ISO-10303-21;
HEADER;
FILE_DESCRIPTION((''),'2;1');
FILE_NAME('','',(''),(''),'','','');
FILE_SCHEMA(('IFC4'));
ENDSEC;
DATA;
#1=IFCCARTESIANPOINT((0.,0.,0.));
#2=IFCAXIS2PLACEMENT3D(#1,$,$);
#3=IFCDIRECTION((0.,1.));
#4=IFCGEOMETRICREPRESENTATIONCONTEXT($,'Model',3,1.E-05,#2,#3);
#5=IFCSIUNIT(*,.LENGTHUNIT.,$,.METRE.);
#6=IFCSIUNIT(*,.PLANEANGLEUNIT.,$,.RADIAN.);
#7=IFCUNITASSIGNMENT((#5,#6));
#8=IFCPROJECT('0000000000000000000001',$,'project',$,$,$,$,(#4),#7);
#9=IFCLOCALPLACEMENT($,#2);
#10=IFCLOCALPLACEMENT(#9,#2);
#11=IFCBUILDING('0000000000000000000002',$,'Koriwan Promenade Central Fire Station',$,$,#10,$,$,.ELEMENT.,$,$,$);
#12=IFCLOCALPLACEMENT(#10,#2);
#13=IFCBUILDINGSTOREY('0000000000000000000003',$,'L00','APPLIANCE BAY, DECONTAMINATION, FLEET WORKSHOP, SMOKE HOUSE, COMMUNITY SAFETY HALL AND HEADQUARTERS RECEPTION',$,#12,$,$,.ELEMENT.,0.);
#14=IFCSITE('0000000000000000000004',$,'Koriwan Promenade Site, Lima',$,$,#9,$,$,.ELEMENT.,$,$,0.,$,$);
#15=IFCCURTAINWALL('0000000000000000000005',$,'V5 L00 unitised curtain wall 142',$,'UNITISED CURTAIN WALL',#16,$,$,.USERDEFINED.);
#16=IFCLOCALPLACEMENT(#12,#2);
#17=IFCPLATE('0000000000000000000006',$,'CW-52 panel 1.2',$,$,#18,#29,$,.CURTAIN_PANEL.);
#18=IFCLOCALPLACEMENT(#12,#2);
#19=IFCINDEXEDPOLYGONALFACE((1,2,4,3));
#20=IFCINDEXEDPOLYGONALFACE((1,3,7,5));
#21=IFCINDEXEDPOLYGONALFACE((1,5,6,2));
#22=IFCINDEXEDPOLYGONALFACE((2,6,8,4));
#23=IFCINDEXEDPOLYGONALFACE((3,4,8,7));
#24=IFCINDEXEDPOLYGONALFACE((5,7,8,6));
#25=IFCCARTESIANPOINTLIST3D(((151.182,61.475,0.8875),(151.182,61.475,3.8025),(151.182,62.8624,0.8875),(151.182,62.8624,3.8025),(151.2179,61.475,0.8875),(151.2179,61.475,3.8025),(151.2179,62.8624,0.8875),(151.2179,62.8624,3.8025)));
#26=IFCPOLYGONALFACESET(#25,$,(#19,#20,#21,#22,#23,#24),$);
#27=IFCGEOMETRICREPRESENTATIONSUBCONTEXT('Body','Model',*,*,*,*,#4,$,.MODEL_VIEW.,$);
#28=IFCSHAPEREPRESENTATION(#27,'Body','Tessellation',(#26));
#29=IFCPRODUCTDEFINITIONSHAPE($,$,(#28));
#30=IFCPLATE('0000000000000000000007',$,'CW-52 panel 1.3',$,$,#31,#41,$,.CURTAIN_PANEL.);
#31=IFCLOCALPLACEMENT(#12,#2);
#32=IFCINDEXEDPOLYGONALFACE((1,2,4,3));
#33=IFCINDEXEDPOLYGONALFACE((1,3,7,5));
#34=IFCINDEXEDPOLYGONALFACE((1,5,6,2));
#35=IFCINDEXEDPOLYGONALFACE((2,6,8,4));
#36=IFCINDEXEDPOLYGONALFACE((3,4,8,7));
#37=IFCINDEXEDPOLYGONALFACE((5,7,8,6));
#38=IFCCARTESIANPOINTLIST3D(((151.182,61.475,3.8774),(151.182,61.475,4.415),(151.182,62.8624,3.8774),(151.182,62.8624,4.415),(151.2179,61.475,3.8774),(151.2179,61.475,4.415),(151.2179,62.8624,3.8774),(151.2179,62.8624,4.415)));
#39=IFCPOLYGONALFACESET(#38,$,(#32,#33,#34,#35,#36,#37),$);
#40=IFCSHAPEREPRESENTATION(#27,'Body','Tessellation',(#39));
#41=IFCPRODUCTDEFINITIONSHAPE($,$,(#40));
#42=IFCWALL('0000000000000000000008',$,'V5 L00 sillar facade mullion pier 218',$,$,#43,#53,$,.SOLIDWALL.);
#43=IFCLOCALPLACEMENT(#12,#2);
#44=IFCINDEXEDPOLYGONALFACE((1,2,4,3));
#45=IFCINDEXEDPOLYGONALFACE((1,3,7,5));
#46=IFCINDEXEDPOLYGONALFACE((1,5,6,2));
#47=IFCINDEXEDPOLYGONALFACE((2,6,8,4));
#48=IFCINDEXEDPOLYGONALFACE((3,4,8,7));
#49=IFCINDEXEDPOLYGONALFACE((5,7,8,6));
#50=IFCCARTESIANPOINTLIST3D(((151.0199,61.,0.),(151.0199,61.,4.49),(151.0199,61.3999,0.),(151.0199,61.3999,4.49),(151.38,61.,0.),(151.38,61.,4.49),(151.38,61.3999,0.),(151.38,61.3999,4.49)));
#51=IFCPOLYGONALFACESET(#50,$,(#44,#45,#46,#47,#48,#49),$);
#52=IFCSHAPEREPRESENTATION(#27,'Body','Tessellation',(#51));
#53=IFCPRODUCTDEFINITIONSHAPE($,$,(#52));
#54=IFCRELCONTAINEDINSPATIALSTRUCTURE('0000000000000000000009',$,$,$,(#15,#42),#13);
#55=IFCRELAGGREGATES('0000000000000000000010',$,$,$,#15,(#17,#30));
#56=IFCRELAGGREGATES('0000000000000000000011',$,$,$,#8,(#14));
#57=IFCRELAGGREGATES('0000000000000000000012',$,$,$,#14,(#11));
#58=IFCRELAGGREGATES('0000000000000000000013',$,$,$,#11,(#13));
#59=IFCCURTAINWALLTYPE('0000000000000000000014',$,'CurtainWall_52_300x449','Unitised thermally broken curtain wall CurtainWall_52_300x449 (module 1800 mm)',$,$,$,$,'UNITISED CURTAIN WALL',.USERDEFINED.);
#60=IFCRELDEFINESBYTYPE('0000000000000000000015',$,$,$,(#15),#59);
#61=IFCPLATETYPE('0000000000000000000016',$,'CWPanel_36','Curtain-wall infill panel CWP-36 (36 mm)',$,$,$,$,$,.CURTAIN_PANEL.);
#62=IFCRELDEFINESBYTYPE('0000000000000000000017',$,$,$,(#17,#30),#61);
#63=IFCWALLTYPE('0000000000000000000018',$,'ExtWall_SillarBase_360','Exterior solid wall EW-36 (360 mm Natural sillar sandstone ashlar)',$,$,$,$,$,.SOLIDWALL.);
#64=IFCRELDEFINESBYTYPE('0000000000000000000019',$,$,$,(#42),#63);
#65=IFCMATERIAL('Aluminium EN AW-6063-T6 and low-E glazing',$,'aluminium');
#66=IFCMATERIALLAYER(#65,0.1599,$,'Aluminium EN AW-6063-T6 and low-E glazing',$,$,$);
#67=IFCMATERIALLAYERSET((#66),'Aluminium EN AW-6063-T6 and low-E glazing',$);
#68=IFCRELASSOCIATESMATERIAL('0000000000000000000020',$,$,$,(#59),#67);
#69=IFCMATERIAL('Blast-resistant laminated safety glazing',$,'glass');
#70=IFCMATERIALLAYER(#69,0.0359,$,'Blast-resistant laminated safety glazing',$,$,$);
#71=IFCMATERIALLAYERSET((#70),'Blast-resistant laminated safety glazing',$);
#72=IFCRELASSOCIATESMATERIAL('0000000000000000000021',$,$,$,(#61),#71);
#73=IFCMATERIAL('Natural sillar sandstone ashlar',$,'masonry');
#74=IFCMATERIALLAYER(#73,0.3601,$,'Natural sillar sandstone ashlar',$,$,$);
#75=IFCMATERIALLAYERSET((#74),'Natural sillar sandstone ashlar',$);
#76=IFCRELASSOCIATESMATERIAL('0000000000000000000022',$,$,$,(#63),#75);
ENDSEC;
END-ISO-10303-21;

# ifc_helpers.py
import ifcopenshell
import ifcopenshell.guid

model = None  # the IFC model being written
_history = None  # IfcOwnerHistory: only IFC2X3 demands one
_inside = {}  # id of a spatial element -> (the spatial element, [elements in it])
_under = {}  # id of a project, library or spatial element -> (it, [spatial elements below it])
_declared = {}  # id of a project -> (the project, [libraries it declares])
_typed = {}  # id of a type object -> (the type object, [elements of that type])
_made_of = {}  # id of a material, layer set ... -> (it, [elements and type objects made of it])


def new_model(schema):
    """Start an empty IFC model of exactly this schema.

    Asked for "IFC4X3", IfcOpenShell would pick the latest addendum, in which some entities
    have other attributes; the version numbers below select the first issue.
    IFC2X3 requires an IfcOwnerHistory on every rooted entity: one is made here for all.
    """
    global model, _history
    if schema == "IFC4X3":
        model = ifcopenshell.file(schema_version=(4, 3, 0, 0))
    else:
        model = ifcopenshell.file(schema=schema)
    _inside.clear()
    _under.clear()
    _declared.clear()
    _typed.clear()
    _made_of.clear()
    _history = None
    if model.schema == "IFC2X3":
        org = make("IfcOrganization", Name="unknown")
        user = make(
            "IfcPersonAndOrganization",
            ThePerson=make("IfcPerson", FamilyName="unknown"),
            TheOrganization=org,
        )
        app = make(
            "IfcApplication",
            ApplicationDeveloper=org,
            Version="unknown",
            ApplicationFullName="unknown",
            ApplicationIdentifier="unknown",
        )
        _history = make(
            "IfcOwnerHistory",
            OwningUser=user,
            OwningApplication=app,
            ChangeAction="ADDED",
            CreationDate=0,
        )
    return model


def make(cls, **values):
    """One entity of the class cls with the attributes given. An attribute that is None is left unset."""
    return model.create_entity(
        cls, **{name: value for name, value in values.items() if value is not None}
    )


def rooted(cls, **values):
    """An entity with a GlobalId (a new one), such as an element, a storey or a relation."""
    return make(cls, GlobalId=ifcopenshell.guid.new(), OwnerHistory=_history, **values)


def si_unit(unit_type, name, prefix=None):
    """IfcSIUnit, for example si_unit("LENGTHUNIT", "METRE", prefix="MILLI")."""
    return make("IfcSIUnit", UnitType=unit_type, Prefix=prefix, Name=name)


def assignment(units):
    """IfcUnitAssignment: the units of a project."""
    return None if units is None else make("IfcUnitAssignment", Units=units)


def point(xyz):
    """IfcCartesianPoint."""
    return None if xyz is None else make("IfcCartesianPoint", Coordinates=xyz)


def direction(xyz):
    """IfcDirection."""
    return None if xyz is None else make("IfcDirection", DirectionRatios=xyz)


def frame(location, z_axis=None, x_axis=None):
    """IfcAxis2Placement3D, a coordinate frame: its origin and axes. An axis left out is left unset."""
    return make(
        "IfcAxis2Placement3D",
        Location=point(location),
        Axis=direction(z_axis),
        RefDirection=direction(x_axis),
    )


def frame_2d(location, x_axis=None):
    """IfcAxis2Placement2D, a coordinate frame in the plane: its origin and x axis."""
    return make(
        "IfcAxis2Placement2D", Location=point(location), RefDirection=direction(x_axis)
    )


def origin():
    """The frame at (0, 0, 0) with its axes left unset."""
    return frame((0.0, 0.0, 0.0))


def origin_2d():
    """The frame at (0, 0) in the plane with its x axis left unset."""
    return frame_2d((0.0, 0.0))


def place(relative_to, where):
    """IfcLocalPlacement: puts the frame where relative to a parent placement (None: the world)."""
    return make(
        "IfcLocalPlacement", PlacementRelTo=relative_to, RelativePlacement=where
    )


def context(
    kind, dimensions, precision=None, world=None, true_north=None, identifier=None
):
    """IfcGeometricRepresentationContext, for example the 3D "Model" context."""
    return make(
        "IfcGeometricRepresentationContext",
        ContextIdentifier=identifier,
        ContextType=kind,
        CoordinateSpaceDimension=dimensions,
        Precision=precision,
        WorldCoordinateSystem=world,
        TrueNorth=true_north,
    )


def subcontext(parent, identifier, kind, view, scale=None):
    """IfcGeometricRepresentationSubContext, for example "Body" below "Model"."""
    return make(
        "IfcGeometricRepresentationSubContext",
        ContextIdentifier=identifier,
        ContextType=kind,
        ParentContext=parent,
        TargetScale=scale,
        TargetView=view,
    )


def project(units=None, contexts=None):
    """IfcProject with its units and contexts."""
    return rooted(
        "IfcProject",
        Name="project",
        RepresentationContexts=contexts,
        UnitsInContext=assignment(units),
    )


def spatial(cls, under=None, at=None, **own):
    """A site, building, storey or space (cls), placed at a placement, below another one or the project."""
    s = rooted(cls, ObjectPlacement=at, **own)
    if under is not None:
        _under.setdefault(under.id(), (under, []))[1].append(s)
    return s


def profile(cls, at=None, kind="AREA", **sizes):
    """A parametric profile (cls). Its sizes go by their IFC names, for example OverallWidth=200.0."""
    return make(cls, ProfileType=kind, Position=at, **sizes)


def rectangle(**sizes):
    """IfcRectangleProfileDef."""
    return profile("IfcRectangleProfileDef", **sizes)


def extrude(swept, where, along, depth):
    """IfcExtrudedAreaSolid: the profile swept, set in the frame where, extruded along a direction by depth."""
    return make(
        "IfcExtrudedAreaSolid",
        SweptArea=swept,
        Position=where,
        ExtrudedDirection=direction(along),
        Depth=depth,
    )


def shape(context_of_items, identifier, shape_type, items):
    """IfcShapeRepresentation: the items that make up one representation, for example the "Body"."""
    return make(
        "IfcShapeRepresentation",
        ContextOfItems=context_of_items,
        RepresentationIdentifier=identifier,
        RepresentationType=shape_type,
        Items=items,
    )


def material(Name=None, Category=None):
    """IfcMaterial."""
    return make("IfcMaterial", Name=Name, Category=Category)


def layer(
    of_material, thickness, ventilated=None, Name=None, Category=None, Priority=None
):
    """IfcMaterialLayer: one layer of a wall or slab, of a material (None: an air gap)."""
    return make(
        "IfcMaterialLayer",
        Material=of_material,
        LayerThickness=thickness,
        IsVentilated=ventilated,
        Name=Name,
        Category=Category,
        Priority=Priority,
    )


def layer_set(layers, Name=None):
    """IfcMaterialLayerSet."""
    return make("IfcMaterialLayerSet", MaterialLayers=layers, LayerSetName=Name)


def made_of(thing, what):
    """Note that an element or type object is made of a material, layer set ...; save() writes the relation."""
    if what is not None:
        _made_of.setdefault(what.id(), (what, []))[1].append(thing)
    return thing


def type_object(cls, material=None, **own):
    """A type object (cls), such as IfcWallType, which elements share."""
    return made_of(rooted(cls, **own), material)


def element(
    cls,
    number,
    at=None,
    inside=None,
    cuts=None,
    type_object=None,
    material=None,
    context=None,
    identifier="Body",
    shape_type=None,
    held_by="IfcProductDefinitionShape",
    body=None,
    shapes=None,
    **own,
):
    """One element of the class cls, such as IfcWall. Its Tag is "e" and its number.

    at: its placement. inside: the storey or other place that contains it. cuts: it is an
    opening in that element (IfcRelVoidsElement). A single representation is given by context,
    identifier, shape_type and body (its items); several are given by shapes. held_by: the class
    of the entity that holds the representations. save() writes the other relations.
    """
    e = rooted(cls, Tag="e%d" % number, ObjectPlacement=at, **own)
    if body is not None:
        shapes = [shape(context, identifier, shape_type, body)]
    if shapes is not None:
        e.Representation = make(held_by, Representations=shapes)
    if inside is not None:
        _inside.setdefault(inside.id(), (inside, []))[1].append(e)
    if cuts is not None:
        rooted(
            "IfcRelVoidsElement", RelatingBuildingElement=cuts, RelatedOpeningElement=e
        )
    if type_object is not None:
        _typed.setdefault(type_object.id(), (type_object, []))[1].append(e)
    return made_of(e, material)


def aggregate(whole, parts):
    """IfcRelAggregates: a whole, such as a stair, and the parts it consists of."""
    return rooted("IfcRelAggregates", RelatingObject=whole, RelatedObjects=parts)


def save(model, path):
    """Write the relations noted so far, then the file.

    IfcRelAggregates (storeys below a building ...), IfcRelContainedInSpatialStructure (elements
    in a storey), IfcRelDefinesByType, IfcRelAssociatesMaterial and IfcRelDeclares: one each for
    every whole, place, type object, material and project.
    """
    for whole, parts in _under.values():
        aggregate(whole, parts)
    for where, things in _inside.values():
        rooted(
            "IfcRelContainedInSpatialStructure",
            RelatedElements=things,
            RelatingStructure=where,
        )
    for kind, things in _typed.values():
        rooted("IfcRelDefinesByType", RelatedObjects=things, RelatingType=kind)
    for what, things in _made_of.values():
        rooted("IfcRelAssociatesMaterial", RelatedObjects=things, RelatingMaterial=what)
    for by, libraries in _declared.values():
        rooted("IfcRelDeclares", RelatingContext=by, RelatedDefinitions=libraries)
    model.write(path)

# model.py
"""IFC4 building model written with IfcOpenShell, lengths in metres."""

from ifc_helpers import new_model, si_unit, direction, frame, frame_2d, origin, origin_2d, place, context, subcontext, project, spatial, rectangle, extrude, material, layer, layer_set, type_object, element, aggregate, save


model = new_model("IFC4")

# Units and contexts
model_context = context("Model", 3, precision=1e-05, world=origin(), true_north=direction((0.0, 1.0)))
body_context = subcontext(model_context, "Body", "Model", "MODEL_VIEW")
ifc_project = project(units=[si_unit("LENGTHUNIT", "METRE"), si_unit("PLANEANGLEUNIT", "RADIAN")], contexts=[model_context])

# Site, building, storey
site_placement = place(None, origin())
site = spatial("IfcSite", under=ifc_project, at=site_placement, Name="Koriwan Promenade Site, Lima", CompositionType="ELEMENT", RefElevation=0.0)
building_placement = place(site_placement, origin())
building = spatial("IfcBuilding", under=site, at=building_placement, Name="Koriwan Promenade Central Fire Station", CompositionType="ELEMENT")
storey_placement = place(building_placement, origin())
storey = spatial("IfcBuildingStorey", under=building, at=storey_placement, Name="L00", Description="APPLIANCE BAY, DECONTAMINATION, FLEET WORKSHOP, SMOKE HOUSE, COMMUNITY SAFETY HALL AND HEADQUARTERS RECEPTION", CompositionType="ELEMENT", Elevation=0.0)

# Curtain wall
ifc_material_1 = material(Name="Aluminium EN AW-6063-T6 and low-E glazing", Category="aluminium")
ifc_layer_1 = layer(ifc_material_1, 0.1599, Name="Aluminium EN AW-6063-T6 and low-E glazing")
ifc_layer_set_1 = layer_set([ifc_layer_1], Name="Aluminium EN AW-6063-T6 and low-E glazing")
curtain_wall_type_1 = type_object("IfcCurtainWallType", Name="CurtainWall_52_300x449", Description="Unitised thermally broken curtain wall CurtainWall_52_300x449 (module 1800 mm)", ElementType="UNITISED CURTAIN WALL", PredefinedType="USERDEFINED", material=ifc_layer_set_1)
curtain_wall_1_placement = place(storey_placement, origin())
curtain_wall_1 = element("IfcCurtainWall", 1, at=curtain_wall_1_placement, inside=storey, type_object=curtain_wall_type_1, Name="V5 L00 unitised curtain wall 142", ObjectType="UNITISED CURTAIN WALL", PredefinedType="USERDEFINED")

# Plates
ifc_material_2 = material(Name="Blast-resistant laminated safety glazing", Category="glass")
ifc_layer_2 = layer(ifc_material_2, 0.0359, Name="Blast-resistant laminated safety glazing")
ifc_layer_set_2 = layer_set([ifc_layer_2], Name="Blast-resistant laminated safety glazing")
plate_type = type_object("IfcPlateType", Name="CWPanel_36", Description="Curtain-wall infill panel CWP-36 (36 mm)", PredefinedType="CURTAIN_PANEL", material=ifc_layer_set_2)
plate_1_placement = place(storey_placement, frame((151.2, 62.1687, 0.8875), z_axis=(0.0, 0.0, 1.0), x_axis=(0.0, 1.0, 0.0)))
plate_1 = element("IfcPlate", 2, at=plate_1_placement, type_object=plate_type, Name="CW-52 panel 1.2", PredefinedType="CURTAIN_PANEL", context=body_context, shape_type="SweptSolid", body=[
    extrude(rectangle(XDim=1.3875, YDim=0.0359, at=origin_2d()), origin(), (0.0, 0.0, 1.0), 2.915),
])
plate_2_placement = place(storey_placement, frame((151.2, 62.1687, 3.8774), z_axis=(0.0, 0.0, 1.0), x_axis=(0.0, 1.0, 0.0)))
plate_2 = element("IfcPlate", 3, at=plate_2_placement, type_object=plate_type, Name="CW-52 panel 1.3", PredefinedType="CURTAIN_PANEL", context=body_context, shape_type="SweptSolid", body=[
    extrude(rectangle(XDim=1.3875, YDim=0.0359, at=origin_2d()), origin(), (0.0, 0.0, 1.0), 0.5376),
])
aggregate(curtain_wall_1, [plate_1, plate_2])

# Wall
ifc_material_3 = material(Name="Natural sillar sandstone ashlar", Category="masonry")
ifc_layer_3 = layer(ifc_material_3, 0.3601, Name="Natural sillar sandstone ashlar")
ifc_layer_set_3 = layer_set([ifc_layer_3], Name="Natural sillar sandstone ashlar")
wall_type = type_object("IfcWallType", Name="ExtWall_SillarBase_360", Description="Exterior solid wall EW-36 (360 mm Natural sillar sandstone ashlar)", PredefinedType="SOLIDWALL", material=ifc_layer_set_3)
wall_placement = place(storey_placement, frame((151.2, 61.0, 0.0), z_axis=(0.0, 0.0, 1.0), x_axis=(0.0, 1.0, 0.0)))
element("IfcWall", 4, at=wall_placement, inside=storey, type_object=wall_type, Name="V5 L00 sillar facade mullion pier 218", PredefinedType="SOLIDWALL", context=body_context, shape_type="SweptSolid", body=[
    extrude(rectangle(XDim=0.3999, YDim=0.3601, at=frame_2d((0.2, 0.0))), origin(), (0.0, 0.0, 1.0), 4.49),
])

save(model, "model.ifc")
